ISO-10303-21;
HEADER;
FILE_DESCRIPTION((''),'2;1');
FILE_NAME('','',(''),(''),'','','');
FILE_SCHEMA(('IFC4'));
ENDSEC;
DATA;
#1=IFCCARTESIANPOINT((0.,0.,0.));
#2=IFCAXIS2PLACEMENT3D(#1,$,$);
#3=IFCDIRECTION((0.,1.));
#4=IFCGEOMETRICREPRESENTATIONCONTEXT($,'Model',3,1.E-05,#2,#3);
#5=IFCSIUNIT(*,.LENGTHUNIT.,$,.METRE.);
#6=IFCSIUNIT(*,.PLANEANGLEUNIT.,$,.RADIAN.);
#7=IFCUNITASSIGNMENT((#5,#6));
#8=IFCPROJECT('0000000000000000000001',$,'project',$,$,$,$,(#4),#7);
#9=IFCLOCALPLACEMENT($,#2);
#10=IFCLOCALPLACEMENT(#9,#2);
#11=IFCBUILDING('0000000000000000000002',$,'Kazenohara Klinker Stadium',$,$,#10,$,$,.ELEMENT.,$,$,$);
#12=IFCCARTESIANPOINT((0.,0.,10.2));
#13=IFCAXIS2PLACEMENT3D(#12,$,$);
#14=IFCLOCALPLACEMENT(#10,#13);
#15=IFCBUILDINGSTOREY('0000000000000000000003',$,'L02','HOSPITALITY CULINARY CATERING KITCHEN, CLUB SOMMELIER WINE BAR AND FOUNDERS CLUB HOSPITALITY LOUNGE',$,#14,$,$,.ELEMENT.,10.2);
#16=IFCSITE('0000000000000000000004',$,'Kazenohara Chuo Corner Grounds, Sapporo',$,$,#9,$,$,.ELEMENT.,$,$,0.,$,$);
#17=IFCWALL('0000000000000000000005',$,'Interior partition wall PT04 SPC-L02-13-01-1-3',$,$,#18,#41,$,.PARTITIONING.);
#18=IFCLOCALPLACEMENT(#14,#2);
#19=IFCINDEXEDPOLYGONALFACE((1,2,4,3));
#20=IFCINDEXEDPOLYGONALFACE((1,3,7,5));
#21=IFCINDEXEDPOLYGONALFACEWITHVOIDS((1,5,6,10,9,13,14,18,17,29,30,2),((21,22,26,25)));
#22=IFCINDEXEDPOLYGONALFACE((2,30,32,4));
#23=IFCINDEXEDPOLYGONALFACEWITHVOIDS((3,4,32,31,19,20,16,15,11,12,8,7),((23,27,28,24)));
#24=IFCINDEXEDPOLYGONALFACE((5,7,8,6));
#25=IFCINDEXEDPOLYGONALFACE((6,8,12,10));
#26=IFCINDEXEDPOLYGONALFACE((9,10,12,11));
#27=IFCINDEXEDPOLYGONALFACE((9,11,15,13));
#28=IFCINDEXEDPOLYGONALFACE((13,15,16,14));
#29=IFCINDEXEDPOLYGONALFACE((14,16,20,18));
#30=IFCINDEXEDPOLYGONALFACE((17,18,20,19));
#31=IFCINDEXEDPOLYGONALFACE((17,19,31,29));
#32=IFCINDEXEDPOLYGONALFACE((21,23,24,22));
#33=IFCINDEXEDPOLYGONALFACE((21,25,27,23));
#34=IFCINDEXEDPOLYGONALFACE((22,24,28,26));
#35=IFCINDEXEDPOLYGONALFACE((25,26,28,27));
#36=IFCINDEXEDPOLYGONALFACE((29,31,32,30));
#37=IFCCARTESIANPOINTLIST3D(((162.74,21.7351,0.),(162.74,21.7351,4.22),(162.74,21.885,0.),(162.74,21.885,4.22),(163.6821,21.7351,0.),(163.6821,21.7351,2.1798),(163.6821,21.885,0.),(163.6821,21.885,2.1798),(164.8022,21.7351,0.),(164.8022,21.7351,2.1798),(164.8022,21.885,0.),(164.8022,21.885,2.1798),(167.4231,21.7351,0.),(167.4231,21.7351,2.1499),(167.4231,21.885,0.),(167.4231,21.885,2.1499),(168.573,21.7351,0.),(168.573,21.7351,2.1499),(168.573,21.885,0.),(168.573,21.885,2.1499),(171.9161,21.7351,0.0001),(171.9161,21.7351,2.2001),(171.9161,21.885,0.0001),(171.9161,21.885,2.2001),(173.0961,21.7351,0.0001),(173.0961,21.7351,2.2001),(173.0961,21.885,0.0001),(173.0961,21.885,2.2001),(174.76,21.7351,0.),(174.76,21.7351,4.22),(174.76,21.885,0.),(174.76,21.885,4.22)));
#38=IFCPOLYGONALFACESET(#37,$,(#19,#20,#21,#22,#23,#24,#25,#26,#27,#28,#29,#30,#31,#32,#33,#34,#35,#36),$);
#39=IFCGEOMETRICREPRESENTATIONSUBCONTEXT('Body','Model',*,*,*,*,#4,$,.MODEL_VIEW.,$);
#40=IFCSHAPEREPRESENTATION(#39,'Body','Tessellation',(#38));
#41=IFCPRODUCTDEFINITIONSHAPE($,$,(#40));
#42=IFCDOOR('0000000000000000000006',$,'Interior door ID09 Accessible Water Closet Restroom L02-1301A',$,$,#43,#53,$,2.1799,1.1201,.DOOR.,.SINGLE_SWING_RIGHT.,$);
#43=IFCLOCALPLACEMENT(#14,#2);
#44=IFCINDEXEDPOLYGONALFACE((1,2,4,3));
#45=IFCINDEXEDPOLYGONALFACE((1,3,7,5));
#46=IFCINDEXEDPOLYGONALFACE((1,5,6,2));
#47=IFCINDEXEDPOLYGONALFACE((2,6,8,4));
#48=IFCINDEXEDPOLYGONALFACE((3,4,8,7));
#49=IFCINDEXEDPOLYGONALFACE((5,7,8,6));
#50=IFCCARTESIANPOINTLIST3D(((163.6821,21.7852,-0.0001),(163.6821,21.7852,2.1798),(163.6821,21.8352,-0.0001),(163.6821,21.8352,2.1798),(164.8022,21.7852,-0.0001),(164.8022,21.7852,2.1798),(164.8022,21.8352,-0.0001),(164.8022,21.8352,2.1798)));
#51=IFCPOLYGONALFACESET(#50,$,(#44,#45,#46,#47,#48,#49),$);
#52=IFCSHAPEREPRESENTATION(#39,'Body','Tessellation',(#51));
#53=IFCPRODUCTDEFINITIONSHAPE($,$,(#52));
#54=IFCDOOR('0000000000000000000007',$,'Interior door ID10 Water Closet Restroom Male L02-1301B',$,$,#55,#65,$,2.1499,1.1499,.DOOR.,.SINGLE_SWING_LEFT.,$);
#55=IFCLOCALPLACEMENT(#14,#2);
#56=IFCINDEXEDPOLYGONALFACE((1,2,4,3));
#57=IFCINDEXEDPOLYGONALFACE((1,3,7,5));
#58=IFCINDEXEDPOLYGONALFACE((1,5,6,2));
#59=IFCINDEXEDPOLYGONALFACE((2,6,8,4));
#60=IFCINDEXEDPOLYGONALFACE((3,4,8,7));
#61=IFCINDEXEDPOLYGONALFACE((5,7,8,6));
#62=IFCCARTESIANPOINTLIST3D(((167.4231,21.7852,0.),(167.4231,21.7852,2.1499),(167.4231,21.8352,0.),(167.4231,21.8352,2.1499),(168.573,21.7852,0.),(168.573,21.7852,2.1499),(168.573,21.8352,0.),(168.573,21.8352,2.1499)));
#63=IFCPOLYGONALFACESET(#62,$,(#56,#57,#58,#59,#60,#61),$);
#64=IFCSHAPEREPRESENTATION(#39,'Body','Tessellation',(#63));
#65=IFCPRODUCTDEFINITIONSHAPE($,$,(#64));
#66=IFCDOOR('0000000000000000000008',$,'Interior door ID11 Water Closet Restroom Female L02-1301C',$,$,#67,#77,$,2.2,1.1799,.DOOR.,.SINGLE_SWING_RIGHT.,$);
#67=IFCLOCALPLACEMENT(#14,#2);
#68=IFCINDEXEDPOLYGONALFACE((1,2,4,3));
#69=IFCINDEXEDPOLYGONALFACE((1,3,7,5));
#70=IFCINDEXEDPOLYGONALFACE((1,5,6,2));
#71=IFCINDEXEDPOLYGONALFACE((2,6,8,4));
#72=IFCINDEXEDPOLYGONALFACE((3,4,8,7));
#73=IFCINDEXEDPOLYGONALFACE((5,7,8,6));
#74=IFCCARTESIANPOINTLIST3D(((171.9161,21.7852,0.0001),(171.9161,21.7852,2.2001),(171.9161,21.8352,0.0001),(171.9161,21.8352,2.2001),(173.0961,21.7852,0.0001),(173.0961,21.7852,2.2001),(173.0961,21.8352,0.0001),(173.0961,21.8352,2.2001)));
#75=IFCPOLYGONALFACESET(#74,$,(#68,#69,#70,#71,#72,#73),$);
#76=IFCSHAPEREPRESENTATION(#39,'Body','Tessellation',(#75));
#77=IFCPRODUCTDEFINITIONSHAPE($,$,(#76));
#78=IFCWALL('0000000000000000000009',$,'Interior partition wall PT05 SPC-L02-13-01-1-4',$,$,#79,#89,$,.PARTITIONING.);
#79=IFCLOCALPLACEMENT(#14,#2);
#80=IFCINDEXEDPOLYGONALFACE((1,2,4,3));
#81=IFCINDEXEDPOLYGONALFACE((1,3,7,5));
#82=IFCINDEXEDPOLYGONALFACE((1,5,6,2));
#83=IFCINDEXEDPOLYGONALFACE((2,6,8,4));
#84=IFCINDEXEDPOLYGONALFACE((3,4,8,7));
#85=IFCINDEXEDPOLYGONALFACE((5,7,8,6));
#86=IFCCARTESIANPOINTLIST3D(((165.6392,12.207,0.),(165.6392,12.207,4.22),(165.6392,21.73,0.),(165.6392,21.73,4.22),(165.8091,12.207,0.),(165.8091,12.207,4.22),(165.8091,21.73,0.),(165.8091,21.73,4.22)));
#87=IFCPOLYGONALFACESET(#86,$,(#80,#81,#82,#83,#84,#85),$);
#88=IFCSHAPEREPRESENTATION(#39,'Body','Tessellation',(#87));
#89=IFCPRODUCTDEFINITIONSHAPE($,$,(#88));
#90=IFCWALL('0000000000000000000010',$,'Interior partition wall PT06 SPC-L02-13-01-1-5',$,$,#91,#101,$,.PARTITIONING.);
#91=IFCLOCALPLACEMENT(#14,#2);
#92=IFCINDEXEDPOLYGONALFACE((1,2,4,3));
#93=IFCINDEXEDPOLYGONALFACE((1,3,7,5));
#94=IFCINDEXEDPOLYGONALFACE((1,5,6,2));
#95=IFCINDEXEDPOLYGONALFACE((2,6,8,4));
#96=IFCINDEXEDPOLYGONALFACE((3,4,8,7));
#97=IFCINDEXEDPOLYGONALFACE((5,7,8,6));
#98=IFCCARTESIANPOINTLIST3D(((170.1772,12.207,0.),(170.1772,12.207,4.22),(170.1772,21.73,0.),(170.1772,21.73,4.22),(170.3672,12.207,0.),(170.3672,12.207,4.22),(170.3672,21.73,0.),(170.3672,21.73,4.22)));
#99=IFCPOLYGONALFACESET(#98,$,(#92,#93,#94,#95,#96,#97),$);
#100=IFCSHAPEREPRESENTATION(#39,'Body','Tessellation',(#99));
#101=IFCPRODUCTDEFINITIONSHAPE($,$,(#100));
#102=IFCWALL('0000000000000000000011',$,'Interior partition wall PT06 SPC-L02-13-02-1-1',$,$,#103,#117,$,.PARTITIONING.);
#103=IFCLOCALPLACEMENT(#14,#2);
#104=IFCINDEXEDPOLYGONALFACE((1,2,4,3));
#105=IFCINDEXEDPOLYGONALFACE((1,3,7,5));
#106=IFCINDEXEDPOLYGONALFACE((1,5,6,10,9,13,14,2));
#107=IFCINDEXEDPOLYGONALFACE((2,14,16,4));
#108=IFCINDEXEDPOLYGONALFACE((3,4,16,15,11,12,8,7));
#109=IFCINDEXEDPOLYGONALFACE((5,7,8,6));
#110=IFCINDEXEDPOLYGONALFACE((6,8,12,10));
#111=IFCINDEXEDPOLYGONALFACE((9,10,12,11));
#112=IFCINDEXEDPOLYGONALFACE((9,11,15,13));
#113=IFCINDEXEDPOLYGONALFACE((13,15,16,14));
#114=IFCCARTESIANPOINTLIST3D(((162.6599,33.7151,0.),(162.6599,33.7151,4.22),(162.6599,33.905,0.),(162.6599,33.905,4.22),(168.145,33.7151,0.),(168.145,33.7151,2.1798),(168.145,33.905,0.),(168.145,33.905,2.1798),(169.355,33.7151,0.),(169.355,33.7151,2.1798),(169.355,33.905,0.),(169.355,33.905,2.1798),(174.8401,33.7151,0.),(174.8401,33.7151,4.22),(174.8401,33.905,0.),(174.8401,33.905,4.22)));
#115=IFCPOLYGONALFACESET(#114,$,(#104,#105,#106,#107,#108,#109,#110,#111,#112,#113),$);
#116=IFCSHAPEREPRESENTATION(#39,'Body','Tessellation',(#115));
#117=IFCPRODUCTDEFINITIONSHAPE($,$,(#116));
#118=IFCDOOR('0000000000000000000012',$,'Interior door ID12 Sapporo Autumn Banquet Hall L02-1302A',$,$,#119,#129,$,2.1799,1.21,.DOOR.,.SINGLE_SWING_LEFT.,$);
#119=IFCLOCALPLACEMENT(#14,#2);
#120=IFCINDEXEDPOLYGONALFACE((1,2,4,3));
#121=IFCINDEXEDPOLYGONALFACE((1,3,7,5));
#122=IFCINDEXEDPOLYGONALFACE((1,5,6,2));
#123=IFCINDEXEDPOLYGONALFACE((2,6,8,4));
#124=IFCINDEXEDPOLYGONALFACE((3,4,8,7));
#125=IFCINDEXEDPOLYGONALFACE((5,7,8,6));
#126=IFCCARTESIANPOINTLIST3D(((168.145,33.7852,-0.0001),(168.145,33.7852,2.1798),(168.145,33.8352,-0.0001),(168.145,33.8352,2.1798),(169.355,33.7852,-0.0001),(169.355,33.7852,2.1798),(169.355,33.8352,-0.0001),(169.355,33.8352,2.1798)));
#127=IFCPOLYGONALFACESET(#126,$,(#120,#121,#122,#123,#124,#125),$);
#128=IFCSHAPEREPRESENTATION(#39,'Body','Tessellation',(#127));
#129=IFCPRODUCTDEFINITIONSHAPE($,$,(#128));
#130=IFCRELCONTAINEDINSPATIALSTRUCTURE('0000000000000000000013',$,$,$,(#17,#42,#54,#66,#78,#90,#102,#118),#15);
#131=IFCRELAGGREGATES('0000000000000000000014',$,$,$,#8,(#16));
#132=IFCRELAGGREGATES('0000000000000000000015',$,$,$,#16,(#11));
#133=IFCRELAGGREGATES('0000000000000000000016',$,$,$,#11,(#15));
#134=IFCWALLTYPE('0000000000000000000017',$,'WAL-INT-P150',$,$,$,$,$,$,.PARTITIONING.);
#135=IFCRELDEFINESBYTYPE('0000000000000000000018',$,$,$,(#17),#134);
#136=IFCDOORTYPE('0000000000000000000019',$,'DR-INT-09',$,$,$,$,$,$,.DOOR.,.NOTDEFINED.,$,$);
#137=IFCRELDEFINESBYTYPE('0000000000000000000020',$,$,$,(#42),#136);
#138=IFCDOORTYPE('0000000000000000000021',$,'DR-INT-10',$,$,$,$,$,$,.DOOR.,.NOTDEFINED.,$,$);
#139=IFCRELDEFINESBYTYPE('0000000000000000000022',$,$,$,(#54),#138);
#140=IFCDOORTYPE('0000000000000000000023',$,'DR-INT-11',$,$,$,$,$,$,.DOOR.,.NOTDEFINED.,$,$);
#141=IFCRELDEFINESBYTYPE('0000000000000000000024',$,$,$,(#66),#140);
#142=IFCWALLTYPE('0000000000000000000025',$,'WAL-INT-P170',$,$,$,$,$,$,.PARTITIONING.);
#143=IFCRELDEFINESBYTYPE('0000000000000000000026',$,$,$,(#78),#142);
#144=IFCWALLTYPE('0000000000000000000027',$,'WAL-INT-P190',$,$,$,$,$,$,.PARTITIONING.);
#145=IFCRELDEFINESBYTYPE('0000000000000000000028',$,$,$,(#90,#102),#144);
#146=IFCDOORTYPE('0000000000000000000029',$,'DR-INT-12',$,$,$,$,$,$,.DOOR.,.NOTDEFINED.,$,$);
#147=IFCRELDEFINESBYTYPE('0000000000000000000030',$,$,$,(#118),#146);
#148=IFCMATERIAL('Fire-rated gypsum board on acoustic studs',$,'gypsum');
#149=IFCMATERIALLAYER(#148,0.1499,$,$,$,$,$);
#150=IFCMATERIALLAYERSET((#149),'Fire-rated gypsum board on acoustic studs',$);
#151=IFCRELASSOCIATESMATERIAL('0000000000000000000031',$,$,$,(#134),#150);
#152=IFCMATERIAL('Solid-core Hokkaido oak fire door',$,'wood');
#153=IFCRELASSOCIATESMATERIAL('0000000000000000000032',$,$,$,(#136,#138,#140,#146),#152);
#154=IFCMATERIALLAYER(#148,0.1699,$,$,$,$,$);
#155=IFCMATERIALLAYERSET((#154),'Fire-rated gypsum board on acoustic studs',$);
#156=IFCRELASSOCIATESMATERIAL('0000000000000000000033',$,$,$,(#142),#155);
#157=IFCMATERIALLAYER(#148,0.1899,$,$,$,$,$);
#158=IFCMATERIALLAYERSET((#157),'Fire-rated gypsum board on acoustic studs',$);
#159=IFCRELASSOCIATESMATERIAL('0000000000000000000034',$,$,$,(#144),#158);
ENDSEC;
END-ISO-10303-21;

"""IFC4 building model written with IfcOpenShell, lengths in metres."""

from ifc_helpers import new_model, si_unit, direction, frame, frame_2d, origin, place, context, subcontext, project, spatial, rectangle, extrude, material, layer, layer_set, type_object, element, fill, save


model = new_model("IFC4")

# Units and contexts
model_context = context("Model", 3, precision=1e-05, world=origin(), true_north=direction((0.0, 1.0)))
body_context = subcontext(model_context, "Body", "Model", "MODEL_VIEW")
ifc_project = project(units=[si_unit("LENGTHUNIT", "METRE"), si_unit("PLANEANGLEUNIT", "RADIAN")], contexts=[model_context])

# Site, building, storey
site_placement = place(None, origin())
site = spatial("IfcSite", under=ifc_project, at=site_placement, Name="Kazenohara Chuo Corner Grounds, Sapporo", CompositionType="ELEMENT", RefElevation=0.0)
building_placement = place(site_placement, origin())
building = spatial("IfcBuilding", under=site, at=building_placement, Name="Kazenohara Klinker Stadium", CompositionType="ELEMENT")
storey_placement = place(building_placement, frame((0.0, 0.0, 10.2)))
storey = spatial("IfcBuildingStorey", under=building, at=storey_placement, Name="L02", Description="HOSPITALITY CULINARY CATERING KITCHEN, CLUB SOMMELIER WINE BAR AND FOUNDERS CLUB HOSPITALITY LOUNGE", CompositionType="ELEMENT", Elevation=10.2)

# Shared definitions
ifc_material_1 = material(Name="Fire-rated gypsum board on acoustic studs", Category="gypsum")

# Wall, openings, doors
ifc_layer_1 = layer(ifc_material_1, 0.1499)
ifc_layer_set_1 = layer_set([ifc_layer_1], Name="Fire-rated gypsum board on acoustic studs")
wall_type_1 = type_object("IfcWallType", Name="WAL-INT-P150", PredefinedType="PARTITIONING", material=ifc_layer_set_1)
wall_1_placement = place(storey_placement, frame((162.74, 21.8101, 0.0), z_axis=(0.0, 0.0, 1.0), x_axis=(1.0, 0.0, 0.0)))
wall_1 = element("IfcWall", 1, at=wall_1_placement, inside=storey, type_object=wall_type_1, Name="Interior partition wall PT04 SPC-L02-13-01-1-3", PredefinedType="PARTITIONING", context=body_context, shape_type="SweptSolid", body=[
    extrude(rectangle(XDim=12.02, YDim=0.1499, at=frame_2d((6.01, 0.0))), origin(), (0.0, 0.0, 1.0), 4.22),
])
opening_1_placement = place(wall_1_placement, frame((2.0623, 0.0, 0.0), z_axis=(0.0, 0.0, 1.0), x_axis=(-1.0, 0.0, 0.0)))
opening_1 = element("IfcOpeningElement", 2, at=opening_1_placement, cuts=wall_1, PredefinedType="OPENING", context=body_context, shape_type="SweptSolid", body=[
    extrude(rectangle(XDim=1.1201, YDim=2.1799, at=frame_2d((0.5601, 1.0898))), frame((0.0, 0.085, 0.0), z_axis=(0.0, -1.0, 0.0), x_axis=(1.0, 0.0, 0.0)), (0.0, 0.0, 1.0), 0.1699),
])
opening_2_placement = place(wall_1_placement, frame((5.833, 0.0, 0.0), z_axis=(0.0, 0.0, 1.0), x_axis=(-1.0, 0.0, 0.0)))
opening_2 = element("IfcOpeningElement", 3, at=opening_2_placement, cuts=wall_1, PredefinedType="OPENING", context=body_context, shape_type="SweptSolid", body=[
    extrude(rectangle(XDim=1.1499, YDim=2.1499, at=frame_2d((0.575, 1.075))), frame((0.0, 0.085, 0.0), z_axis=(0.0, -1.0, 0.0), x_axis=(1.0, 0.0, 0.0)), (0.0, 0.0, 1.0), 0.1699),
])
opening_3_placement = place(wall_1_placement, frame((10.356, 0.0, 0.0), z_axis=(0.0, 0.0, 1.0), x_axis=(-1.0, 0.0, 0.0)))
opening_3 = element("IfcOpeningElement", 4, at=opening_3_placement, cuts=wall_1, PredefinedType="OPENING", context=body_context, shape_type="SweptSolid", body=[
    extrude(rectangle(XDim=1.1799, YDim=2.2, at=frame_2d((0.5898, 1.1001))), frame((0.0, 0.085, 0.0), z_axis=(0.0, -1.0, 0.0), x_axis=(1.0, 0.0, 0.0)), (0.0, 0.0, 1.0), 0.1699),
])
ifc_material_2 = material(Name="Solid-core Hokkaido oak fire door", Category="wood")
door_type_1 = type_object("IfcDoorType", Name="DR-INT-09", OperationType="NOTDEFINED", PredefinedType="DOOR", material=ifc_material_2)
door_1_placement = place(opening_1_placement, origin())
door_1 = element("IfcDoor", 5, at=door_1_placement, inside=storey, type_object=door_type_1, Name="Interior door ID09 Accessible Water Closet Restroom L02-1301A", OperationType="SINGLE_SWING_RIGHT", OverallHeight=2.1799, OverallWidth=1.1201, PredefinedType="DOOR", context=body_context, shape_type="SweptSolid", body=[
    extrude(rectangle(XDim=1.1201, YDim=2.1799, at=frame_2d((0.5601, 1.0898))), frame((0.0, 0.0249, 0.0), z_axis=(0.0, -1.0, 0.0), x_axis=(1.0, 0.0, 0.0)), (0.0, 0.0, 1.0), 0.05),
])
fill(opening_1, door_1)
door_type_2 = type_object("IfcDoorType", Name="DR-INT-10", OperationType="NOTDEFINED", PredefinedType="DOOR", material=ifc_material_2)
door_2_placement = place(opening_2_placement, origin())
door_2 = element("IfcDoor", 6, at=door_2_placement, inside=storey, type_object=door_type_2, Name="Interior door ID10 Water Closet Restroom Male L02-1301B", OperationType="SINGLE_SWING_LEFT", OverallHeight=2.1499, OverallWidth=1.1499, PredefinedType="DOOR", context=body_context, shape_type="SweptSolid", body=[
    extrude(rectangle(XDim=1.1499, YDim=2.1499, at=frame_2d((0.575, 1.075))), frame((0.0, 0.0249, 0.0), z_axis=(0.0, -1.0, 0.0), x_axis=(1.0, 0.0, 0.0)), (0.0, 0.0, 1.0), 0.05),
])
fill(opening_2, door_2)
door_type_3 = type_object("IfcDoorType", Name="DR-INT-11", OperationType="NOTDEFINED", PredefinedType="DOOR", material=ifc_material_2)
door_3_placement = place(opening_3_placement, origin())
door_3 = element("IfcDoor", 7, at=door_3_placement, inside=storey, type_object=door_type_3, Name="Interior door ID11 Water Closet Restroom Female L02-1301C", OperationType="SINGLE_SWING_RIGHT", OverallHeight=2.2, OverallWidth=1.1799, PredefinedType="DOOR", context=body_context, shape_type="SweptSolid", body=[
    extrude(rectangle(XDim=1.1799, YDim=2.2, at=frame_2d((0.5898, 1.1001))), frame((0.0, 0.0249, 0.0), z_axis=(0.0, -1.0, 0.0), x_axis=(1.0, 0.0, 0.0)), (0.0, 0.0, 1.0), 0.05),
])
fill(opening_3, door_3)

# Walls
ifc_layer_2 = layer(ifc_material_1, 0.1699)
ifc_layer_set_2 = layer_set([ifc_layer_2], Name="Fire-rated gypsum board on acoustic studs")
wall_type_2 = type_object("IfcWallType", Name="WAL-INT-P170", PredefinedType="PARTITIONING", material=ifc_layer_set_2)
wall_2_placement = place(storey_placement, frame((165.7241, 12.207, 0.0), z_axis=(0.0, 0.0, 1.0), x_axis=(0.0, 1.0, 0.0)))
element("IfcWall", 8, at=wall_2_placement, inside=storey, type_object=wall_type_2, Name="Interior partition wall PT05 SPC-L02-13-01-1-4", PredefinedType="PARTITIONING", context=body_context, shape_type="SweptSolid", body=[
    extrude(rectangle(XDim=9.5229, YDim=0.1699, at=frame_2d((4.7615, 0.0))), origin(), (0.0, 0.0, 1.0), 4.22),
])
ifc_layer_3 = layer(ifc_material_1, 0.1899)
ifc_layer_set_3 = layer_set([ifc_layer_3], Name="Fire-rated gypsum board on acoustic studs")
wall_type_3 = type_object("IfcWallType", Name="WAL-INT-P190", PredefinedType="PARTITIONING", material=ifc_layer_set_3)
wall_3_placement = place(storey_placement, frame((170.2722, 12.207, 0.0), z_axis=(0.0, 0.0, 1.0), x_axis=(0.0, 1.0, 0.0)))
element("IfcWall", 9, at=wall_3_placement, inside=storey, type_object=wall_type_3, Name="Interior partition wall PT06 SPC-L02-13-01-1-5", PredefinedType="PARTITIONING", context=body_context, shape_type="SweptSolid", body=[
    extrude(rectangle(XDim=9.5229, YDim=0.1899, at=frame_2d((4.7615, 0.0))), origin(), (0.0, 0.0, 1.0), 4.22),
])

# Wall, opening, door
wall_4_placement = place(storey_placement, frame((162.6599, 33.8101, 0.0), z_axis=(0.0, 0.0, 1.0), x_axis=(1.0, 0.0, 0.0)))
wall_4 = element("IfcWall", 10, at=wall_4_placement, inside=storey, type_object=wall_type_3, Name="Interior partition wall PT06 SPC-L02-13-02-1-1", PredefinedType="PARTITIONING", context=body_context, shape_type="SweptSolid", body=[
    extrude(rectangle(XDim=12.1802, YDim=0.1899, at=frame_2d((6.0901, 0.0))), origin(), (0.0, 0.0, 1.0), 4.22),
])
opening_4_placement = place(wall_4_placement, frame((6.6951, 0.0, 0.0), z_axis=(0.0, 0.0, 1.0), x_axis=(-1.0, 0.0, 0.0)))
opening_4 = element("IfcOpeningElement", 11, at=opening_4_placement, cuts=wall_4, PredefinedType="OPENING", context=body_context, shape_type="SweptSolid", body=[
    extrude(rectangle(XDim=1.21, YDim=2.1799, at=frame_2d((0.605, 1.0898))), frame((0.0, 0.105, 0.0), z_axis=(0.0, -1.0, 0.0), x_axis=(1.0, 0.0, 0.0)), (0.0, 0.0, 1.0), 0.21),
])
door_type_4 = type_object("IfcDoorType", Name="DR-INT-12", OperationType="NOTDEFINED", PredefinedType="DOOR", material=ifc_material_2)
door_4_placement = place(opening_4_placement, origin())
door_4 = element("IfcDoor", 12, at=door_4_placement, inside=storey, type_object=door_type_4, Name="Interior door ID12 Sapporo Autumn Banquet Hall L02-1302A", OperationType="SINGLE_SWING_LEFT", OverallHeight=2.1799, OverallWidth=1.21, PredefinedType="DOOR", context=body_context, shape_type="SweptSolid", body=[
    extrude(rectangle(XDim=1.21, YDim=2.1799, at=frame_2d((0.605, 1.0898))), frame((0.0, 0.0249, 0.0), z_axis=(0.0, -1.0, 0.0), x_axis=(1.0, 0.0, 0.0)), (0.0, 0.0, 1.0), 0.05),
])
fill(opening_4, door_4)

save(model, "model.ifc")
